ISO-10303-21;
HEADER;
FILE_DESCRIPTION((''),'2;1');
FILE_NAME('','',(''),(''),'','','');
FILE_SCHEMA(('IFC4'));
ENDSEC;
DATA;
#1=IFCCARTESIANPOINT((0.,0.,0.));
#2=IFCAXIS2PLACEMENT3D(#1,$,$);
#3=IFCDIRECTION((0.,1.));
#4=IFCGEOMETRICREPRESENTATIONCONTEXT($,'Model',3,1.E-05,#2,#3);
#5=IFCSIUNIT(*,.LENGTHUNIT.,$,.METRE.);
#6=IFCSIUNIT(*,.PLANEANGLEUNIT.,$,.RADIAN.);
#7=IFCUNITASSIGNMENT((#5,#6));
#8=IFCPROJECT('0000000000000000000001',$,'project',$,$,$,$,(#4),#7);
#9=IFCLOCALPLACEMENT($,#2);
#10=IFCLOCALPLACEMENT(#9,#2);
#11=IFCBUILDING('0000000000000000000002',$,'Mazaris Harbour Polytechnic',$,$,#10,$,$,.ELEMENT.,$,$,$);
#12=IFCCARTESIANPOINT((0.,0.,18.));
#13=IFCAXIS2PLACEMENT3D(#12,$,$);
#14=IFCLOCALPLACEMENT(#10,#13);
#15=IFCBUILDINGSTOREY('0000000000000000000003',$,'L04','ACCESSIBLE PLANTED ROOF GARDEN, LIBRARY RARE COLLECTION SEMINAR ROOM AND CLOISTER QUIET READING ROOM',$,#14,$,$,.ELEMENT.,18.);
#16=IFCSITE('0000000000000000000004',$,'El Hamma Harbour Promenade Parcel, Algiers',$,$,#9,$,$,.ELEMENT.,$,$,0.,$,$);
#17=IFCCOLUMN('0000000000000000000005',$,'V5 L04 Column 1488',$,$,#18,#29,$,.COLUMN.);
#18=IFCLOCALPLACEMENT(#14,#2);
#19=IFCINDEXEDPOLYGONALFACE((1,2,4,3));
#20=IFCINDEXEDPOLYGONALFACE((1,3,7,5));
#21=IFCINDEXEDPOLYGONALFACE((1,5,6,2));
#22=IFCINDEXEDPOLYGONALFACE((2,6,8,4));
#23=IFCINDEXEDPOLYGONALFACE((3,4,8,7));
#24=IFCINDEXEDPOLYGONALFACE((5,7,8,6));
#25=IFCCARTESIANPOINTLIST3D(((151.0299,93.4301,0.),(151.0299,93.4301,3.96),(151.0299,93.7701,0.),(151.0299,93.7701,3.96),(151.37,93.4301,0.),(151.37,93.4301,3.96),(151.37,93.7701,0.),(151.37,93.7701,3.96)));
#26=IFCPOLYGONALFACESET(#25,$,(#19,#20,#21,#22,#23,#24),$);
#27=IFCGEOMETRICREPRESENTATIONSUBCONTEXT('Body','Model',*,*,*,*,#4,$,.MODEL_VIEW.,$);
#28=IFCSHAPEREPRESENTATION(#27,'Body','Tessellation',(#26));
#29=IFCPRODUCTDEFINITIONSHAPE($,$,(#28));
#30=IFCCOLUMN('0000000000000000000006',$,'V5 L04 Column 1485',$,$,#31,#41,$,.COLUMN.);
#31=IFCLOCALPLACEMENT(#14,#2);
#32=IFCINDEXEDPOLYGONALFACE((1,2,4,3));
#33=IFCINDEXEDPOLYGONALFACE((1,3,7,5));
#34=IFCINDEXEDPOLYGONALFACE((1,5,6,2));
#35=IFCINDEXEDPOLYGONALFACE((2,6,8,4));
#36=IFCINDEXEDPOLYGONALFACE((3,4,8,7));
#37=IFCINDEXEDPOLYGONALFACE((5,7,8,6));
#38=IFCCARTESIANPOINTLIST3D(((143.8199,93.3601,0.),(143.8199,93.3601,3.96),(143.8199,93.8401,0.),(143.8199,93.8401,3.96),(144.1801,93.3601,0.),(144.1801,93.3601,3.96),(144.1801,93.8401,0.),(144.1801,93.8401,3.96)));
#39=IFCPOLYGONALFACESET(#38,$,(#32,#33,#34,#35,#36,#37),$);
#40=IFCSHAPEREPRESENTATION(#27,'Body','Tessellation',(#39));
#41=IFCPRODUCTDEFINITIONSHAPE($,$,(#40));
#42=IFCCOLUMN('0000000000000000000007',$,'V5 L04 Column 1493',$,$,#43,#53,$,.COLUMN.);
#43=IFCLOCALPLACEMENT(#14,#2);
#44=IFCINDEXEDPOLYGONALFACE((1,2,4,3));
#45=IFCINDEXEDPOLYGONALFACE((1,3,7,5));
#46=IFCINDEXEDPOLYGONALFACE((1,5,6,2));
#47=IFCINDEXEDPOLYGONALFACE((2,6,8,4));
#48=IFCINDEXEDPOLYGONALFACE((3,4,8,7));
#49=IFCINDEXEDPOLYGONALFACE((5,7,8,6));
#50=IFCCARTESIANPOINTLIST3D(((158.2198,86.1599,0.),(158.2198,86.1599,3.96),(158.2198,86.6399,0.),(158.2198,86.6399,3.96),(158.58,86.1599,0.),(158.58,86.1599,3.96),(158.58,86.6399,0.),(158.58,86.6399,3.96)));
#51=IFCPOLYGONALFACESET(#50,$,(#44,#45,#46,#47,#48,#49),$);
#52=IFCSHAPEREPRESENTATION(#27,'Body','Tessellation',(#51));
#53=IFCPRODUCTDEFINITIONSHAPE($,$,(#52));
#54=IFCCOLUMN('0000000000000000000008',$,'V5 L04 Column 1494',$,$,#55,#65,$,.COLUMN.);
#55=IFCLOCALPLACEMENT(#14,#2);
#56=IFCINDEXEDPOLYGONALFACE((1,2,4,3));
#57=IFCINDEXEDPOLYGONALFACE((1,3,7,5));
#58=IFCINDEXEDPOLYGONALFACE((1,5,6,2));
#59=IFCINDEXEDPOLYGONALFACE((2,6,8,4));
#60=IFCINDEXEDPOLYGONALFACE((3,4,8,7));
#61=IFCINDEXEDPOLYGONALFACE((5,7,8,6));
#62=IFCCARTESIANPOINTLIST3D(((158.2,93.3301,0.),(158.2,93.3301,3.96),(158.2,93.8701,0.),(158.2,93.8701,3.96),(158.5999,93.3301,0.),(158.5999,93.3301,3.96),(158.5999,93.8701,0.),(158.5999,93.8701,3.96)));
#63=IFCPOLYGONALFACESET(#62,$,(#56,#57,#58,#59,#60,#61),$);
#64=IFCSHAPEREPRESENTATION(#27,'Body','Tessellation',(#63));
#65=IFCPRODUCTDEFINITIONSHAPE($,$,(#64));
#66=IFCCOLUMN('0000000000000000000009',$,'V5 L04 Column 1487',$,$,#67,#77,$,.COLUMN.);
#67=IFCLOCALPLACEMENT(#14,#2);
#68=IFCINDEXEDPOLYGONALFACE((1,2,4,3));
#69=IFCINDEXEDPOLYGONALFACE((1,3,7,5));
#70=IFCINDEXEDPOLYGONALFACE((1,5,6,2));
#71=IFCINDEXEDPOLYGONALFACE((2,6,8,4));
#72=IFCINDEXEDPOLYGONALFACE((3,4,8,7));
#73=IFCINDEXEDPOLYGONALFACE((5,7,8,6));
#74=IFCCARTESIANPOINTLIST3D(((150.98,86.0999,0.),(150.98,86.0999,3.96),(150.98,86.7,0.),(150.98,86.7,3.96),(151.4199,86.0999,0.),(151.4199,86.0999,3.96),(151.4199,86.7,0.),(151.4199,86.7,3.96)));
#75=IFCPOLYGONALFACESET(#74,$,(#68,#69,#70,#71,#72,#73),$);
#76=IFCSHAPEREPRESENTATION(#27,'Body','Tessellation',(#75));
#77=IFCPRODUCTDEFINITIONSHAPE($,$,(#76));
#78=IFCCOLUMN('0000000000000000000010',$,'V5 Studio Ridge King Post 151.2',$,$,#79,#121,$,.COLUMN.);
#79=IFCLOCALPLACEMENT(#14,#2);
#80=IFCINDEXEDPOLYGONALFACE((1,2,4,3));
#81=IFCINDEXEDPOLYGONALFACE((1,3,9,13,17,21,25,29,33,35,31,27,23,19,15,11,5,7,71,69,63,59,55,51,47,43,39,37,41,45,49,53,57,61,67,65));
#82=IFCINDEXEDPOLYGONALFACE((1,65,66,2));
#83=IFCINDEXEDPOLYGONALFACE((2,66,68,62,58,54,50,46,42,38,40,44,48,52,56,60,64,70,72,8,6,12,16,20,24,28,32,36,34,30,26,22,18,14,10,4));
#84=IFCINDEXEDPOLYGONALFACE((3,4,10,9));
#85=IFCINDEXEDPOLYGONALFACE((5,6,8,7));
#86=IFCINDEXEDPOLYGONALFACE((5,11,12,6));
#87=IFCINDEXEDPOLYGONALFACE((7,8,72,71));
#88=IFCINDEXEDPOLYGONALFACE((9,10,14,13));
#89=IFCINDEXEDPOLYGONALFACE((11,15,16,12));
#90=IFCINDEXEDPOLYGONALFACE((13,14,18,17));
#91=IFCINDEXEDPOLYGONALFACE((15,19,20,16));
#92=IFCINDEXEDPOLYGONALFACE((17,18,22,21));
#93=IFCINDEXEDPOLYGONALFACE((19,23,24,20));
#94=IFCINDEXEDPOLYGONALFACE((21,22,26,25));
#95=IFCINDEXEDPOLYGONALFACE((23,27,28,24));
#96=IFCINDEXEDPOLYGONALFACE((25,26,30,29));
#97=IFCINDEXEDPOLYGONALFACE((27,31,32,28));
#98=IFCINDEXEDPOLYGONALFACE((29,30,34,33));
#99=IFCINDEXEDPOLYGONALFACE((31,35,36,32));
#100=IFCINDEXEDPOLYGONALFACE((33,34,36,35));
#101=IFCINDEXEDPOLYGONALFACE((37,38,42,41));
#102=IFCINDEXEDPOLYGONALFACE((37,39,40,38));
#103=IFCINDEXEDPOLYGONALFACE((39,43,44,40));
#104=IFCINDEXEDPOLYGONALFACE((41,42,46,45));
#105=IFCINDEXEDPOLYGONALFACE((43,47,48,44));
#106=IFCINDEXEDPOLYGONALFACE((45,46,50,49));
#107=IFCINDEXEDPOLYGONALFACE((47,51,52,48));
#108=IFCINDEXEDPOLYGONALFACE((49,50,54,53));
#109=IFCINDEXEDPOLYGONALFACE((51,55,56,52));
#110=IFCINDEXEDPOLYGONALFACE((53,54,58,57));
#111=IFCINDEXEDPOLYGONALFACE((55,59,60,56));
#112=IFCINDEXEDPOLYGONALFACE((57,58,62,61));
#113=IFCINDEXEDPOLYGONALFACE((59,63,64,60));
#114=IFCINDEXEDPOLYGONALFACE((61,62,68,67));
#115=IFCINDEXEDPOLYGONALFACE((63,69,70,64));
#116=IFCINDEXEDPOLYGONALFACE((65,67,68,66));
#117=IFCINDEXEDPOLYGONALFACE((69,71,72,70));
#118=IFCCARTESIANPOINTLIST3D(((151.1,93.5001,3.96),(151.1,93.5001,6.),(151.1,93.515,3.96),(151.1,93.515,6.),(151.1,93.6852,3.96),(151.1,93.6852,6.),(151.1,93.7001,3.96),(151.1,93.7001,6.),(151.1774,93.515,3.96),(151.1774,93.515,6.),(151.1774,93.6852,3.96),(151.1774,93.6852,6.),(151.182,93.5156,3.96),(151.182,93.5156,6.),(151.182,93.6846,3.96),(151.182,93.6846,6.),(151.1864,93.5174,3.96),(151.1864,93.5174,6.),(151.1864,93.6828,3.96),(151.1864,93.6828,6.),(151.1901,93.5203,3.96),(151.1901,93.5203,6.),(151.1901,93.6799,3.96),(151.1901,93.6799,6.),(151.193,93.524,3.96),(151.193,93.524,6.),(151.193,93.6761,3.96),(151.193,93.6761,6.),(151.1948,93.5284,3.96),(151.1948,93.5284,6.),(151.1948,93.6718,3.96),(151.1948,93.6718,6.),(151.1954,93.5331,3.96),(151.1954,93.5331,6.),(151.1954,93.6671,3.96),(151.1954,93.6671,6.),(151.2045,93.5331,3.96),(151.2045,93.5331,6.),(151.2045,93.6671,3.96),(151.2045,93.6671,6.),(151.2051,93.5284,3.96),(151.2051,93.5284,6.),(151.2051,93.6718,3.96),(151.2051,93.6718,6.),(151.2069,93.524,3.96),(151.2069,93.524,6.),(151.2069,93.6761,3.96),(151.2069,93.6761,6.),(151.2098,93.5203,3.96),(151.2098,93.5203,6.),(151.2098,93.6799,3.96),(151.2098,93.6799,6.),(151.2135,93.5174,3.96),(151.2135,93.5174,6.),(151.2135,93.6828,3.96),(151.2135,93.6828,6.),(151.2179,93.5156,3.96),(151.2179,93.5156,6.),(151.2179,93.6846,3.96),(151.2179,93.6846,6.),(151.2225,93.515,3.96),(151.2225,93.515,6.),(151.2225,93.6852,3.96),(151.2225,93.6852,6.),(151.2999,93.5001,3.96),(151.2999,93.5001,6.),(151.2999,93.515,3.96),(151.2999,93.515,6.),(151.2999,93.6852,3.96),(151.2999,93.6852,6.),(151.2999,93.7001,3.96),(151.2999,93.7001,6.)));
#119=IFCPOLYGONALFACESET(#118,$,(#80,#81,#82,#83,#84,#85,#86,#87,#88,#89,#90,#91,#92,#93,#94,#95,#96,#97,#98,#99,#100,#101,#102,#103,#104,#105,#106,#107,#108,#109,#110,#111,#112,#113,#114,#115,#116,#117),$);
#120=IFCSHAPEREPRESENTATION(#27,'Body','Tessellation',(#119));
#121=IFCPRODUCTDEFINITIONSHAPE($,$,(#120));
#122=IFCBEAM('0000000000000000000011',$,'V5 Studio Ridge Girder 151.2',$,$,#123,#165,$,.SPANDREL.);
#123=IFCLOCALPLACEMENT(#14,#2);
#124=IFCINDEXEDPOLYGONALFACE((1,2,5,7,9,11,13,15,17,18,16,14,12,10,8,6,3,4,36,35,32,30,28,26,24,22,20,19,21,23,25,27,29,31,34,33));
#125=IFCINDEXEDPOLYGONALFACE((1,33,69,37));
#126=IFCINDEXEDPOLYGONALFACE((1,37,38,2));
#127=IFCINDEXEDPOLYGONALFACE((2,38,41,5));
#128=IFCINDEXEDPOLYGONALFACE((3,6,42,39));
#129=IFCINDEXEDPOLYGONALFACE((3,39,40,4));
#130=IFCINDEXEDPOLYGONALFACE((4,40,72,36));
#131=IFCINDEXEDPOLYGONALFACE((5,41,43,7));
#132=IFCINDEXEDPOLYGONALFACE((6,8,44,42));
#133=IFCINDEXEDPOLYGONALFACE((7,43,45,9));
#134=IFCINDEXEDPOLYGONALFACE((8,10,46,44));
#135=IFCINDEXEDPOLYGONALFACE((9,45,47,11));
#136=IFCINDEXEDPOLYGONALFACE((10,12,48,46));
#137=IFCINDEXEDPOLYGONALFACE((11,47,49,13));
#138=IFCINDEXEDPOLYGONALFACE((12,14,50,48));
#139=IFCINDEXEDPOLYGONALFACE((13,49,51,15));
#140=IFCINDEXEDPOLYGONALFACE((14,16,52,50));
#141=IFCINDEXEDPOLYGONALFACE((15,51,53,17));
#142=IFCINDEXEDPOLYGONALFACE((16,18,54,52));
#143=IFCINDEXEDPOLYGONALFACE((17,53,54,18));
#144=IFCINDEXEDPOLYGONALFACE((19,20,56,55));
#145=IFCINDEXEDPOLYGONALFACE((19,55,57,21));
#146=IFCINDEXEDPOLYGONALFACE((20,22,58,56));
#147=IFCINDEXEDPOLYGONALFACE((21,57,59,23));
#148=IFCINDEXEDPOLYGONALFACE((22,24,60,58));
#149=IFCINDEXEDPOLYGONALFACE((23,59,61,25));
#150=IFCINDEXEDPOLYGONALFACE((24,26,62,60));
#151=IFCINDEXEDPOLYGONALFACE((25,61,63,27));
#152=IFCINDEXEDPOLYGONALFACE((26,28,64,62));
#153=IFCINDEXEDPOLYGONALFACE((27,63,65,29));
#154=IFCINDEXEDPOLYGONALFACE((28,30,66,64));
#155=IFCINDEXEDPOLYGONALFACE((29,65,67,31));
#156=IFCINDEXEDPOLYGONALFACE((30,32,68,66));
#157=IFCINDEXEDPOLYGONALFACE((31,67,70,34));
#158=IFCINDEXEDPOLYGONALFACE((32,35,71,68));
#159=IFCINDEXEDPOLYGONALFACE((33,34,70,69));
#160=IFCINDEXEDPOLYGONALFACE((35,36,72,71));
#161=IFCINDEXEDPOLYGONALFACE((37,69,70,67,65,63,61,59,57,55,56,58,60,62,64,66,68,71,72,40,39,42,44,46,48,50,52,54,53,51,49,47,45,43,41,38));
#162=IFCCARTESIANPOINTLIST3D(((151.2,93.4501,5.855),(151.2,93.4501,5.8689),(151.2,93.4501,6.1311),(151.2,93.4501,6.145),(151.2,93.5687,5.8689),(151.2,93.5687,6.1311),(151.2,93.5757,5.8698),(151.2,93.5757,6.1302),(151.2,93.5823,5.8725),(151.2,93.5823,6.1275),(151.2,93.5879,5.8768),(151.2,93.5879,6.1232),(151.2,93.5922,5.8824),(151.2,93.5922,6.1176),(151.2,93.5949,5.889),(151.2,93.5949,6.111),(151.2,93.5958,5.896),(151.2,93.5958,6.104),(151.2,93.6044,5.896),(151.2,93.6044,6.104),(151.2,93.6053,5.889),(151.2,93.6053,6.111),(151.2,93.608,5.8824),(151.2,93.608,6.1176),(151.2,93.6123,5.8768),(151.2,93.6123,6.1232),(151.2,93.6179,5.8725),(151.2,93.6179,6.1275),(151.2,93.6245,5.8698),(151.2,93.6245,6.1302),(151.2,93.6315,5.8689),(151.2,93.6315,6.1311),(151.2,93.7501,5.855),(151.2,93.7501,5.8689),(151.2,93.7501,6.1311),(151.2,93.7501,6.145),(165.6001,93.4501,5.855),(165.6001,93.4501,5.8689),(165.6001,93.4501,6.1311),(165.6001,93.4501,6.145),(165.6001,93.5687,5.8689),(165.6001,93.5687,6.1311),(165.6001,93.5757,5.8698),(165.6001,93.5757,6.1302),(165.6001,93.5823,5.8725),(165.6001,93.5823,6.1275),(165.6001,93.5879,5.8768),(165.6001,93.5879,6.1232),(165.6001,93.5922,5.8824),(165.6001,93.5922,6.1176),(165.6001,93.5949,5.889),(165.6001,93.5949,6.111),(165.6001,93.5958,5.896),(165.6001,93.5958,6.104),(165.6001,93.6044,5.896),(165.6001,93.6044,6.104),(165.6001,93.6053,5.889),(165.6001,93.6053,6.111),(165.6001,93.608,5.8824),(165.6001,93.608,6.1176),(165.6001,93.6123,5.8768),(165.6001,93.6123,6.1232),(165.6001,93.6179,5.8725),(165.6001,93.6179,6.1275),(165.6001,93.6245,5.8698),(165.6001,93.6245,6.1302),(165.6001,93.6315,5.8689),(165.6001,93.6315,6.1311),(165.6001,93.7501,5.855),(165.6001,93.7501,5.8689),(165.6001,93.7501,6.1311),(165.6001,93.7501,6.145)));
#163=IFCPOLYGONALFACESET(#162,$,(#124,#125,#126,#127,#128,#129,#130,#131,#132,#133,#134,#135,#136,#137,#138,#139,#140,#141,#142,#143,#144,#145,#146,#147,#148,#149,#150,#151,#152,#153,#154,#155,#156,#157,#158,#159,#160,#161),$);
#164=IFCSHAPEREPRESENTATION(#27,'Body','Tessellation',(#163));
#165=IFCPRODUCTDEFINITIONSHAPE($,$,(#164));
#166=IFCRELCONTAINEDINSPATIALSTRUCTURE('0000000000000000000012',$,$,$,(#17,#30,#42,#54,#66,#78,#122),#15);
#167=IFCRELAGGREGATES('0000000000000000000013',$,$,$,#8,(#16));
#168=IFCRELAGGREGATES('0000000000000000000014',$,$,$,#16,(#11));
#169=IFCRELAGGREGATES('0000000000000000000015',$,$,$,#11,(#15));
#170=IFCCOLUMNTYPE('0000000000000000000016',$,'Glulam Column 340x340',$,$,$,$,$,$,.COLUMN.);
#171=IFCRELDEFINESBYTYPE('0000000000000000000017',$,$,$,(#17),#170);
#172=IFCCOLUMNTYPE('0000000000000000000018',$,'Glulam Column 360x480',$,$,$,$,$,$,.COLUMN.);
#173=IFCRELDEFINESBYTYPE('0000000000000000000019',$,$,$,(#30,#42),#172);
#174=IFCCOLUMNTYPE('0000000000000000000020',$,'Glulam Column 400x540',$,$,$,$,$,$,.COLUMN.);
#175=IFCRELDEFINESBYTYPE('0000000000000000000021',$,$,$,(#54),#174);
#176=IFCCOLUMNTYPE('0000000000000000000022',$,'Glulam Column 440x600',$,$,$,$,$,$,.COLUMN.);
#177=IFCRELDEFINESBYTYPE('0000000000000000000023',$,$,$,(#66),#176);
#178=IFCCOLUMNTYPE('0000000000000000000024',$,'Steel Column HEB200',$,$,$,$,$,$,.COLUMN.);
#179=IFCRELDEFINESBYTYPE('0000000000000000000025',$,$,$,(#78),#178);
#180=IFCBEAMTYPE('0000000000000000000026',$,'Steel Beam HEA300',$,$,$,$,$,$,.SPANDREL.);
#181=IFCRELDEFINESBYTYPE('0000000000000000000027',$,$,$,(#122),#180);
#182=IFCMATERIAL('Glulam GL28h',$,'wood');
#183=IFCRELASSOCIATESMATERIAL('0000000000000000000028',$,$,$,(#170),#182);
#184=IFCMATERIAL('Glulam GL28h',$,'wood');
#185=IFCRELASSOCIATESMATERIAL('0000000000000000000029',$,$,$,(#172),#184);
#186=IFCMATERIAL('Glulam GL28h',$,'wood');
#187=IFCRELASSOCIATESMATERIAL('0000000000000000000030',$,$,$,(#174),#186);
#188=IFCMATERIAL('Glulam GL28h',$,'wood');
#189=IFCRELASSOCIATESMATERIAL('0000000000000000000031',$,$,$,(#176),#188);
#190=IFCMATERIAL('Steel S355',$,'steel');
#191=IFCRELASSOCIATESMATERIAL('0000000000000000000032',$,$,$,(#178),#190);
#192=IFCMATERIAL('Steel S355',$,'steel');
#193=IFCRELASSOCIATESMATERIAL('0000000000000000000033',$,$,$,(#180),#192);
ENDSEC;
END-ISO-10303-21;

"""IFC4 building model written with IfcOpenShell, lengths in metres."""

from ifc_helpers import new_model, si_unit, direction, frame, origin, origin_2d, place, context, subcontext, project, spatial, rectangle, i_section, extrude, material, material_profile, profile_set, type_object, element, save


model = new_model("IFC4")

# Units and contexts
model_context = context("Model", 3, precision=1e-05, world=origin(), true_north=direction((0.0, 1.0)))
body_context = subcontext(model_context, "Body", "Model", "MODEL_VIEW")
ifc_project = project(units=[si_unit("LENGTHUNIT", "METRE"), si_unit("PLANEANGLEUNIT", "RADIAN")], contexts=[model_context])

# Site, building, storey
site_placement = place(None, origin())
site = spatial("IfcSite", under=ifc_project, at=site_placement, Name="El Hamma Harbour Promenade Parcel, Algiers", CompositionType="ELEMENT", RefElevation=0.0)
building_placement = place(site_placement, origin())
building = spatial("IfcBuilding", under=site, at=building_placement, Name="Mazaris Harbour Polytechnic", CompositionType="ELEMENT")
storey_placement = place(building_placement, frame((0.0, 0.0, 18.0)))
storey = spatial("IfcBuildingStorey", under=building, at=storey_placement, Name="L04", Description="ACCESSIBLE PLANTED ROOF GARDEN, LIBRARY RARE COLLECTION SEMINAR ROOM AND CLOISTER QUIET READING ROOM", CompositionType="ELEMENT", Elevation=18.0)

# Columns
ifc_material_1 = material(Name="Glulam GL28h", Category="wood")
ifc_material_profile_1 = material_profile(ifc_material_1, rectangle(XDim=0.3401, YDim=0.3401, at=origin_2d()), Name="RECT340x340")
ifc_profile_set_1 = profile_set([ifc_material_profile_1], Name="Glulam GL28h")
column_type_1 = type_object("IfcColumnType", Name="Glulam Column 340x340", PredefinedType="COLUMN", material=ifc_profile_set_1)
column_1_placement = place(storey_placement, frame((151.2, 93.6001, 0.0), z_axis=(0.0, 0.0, 1.0), x_axis=(1.0, 0.0, 0.0)))
element("IfcColumn", 1, at=column_1_placement, inside=storey, type_object=column_type_1, Name="V5 L04 Column 1488", PredefinedType="COLUMN", context=body_context, shape_type="SweptSolid", body=[
    extrude(rectangle(XDim=0.3401, YDim=0.3401, at=origin_2d()), origin(), (0.0, 0.0, 1.0), 3.96),
])
ifc_material_2 = material(Name="Glulam GL28h", Category="wood")
ifc_material_profile_2 = material_profile(ifc_material_2, rectangle(XDim=0.3601, YDim=0.48, at=origin_2d()), Name="RECT360x480")
ifc_profile_set_2 = profile_set([ifc_material_profile_2], Name="Glulam GL28h")
column_type_2 = type_object("IfcColumnType", Name="Glulam Column 360x480", PredefinedType="COLUMN", material=ifc_profile_set_2)
for number, where, z_axis, x_axis, name in (
    (2, (144.0, 93.6001, 0.0), (0.0, 0.0, 1.0), (1.0, 0.0, 0.0), "V5 L04 Column 1485"),
    (3, (158.3999, 86.3999, 0.0), (0.0, 0.0, 1.0), (1.0, 0.0, 0.0), "V5 L04 Column 1493"),
):
    element("IfcColumn", number, at=place(storey_placement, frame(where, z_axis=z_axis, x_axis=x_axis)), inside=storey, type_object=column_type_2, Name=name, PredefinedType="COLUMN", context=body_context, shape_type="SweptSolid", body=[
        extrude(rectangle(XDim=0.3601, YDim=0.48, at=origin_2d()), origin(), (0.0, 0.0, 1.0), 3.96),
    ])
ifc_material_3 = material(Name="Glulam GL28h", Category="wood")
ifc_material_profile_3 = material_profile(ifc_material_3, rectangle(XDim=0.3999, YDim=0.54, at=origin_2d()), Name="RECT400x540")
ifc_profile_set_3 = profile_set([ifc_material_profile_3], Name="Glulam GL28h")
column_type_3 = type_object("IfcColumnType", Name="Glulam Column 400x540", PredefinedType="COLUMN", material=ifc_profile_set_3)
column_2_placement = place(storey_placement, frame((158.3999, 93.6001, 0.0), z_axis=(0.0, 0.0, 1.0), x_axis=(1.0, 0.0, 0.0)))
element("IfcColumn", 4, at=column_2_placement, inside=storey, type_object=column_type_3, Name="V5 L04 Column 1494", PredefinedType="COLUMN", context=body_context, shape_type="SweptSolid", body=[
    extrude(rectangle(XDim=0.3999, YDim=0.54, at=origin_2d()), origin(), (0.0, 0.0, 1.0), 3.96),
])
ifc_material_4 = material(Name="Glulam GL28h", Category="wood")
ifc_material_profile_4 = material_profile(ifc_material_4, rectangle(XDim=0.4399, YDim=0.6001, at=origin_2d()), Name="RECT440x600")
ifc_profile_set_4 = profile_set([ifc_material_profile_4], Name="Glulam GL28h")
column_type_4 = type_object("IfcColumnType", Name="Glulam Column 440x600", PredefinedType="COLUMN", material=ifc_profile_set_4)
column_3_placement = place(storey_placement, frame((151.2, 86.3999, 0.0), z_axis=(0.0, 0.0, 1.0), x_axis=(1.0, 0.0, 0.0)))
element("IfcColumn", 5, at=column_3_placement, inside=storey, type_object=column_type_4, Name="V5 L04 Column 1487", PredefinedType="COLUMN", context=body_context, shape_type="SweptSolid", body=[
    extrude(rectangle(XDim=0.4399, YDim=0.6001, at=origin_2d()), origin(), (0.0, 0.0, 1.0), 3.96),
])
ifc_material_5 = material(Name="Steel S355", Category="steel")
ifc_material_profile_5 = material_profile(ifc_material_5, i_section(OverallWidth=0.2, OverallDepth=0.2, WebThickness=0.009, FlangeThickness=0.0149, FilletRadius=0.0181, at=origin_2d()), Name="HEB 200")
ifc_profile_set_5 = profile_set([ifc_material_profile_5], Name="Steel S355")
column_type_5 = type_object("IfcColumnType", Name="Steel Column HEB200", PredefinedType="COLUMN", material=ifc_profile_set_5)
column_4_placement = place(storey_placement, frame((151.2, 93.6001, 3.96), z_axis=(0.0, 0.0, 1.0), x_axis=(1.0, 0.0, 0.0)))
element("IfcColumn", 6, at=column_4_placement, inside=storey, type_object=column_type_5, Name="V5 Studio Ridge King Post 151.2", PredefinedType="COLUMN", context=body_context, shape_type="SweptSolid", body=[
    extrude(i_section(OverallWidth=0.2, OverallDepth=0.2, WebThickness=0.009, FlangeThickness=0.0149, FilletRadius=0.0181, at=origin_2d()), origin(), (0.0, 0.0, 1.0), 2.04),
])

# Beam
ifc_material_6 = material(Name="Steel S355", Category="steel")
ifc_material_profile_6 = material_profile(ifc_material_6, i_section(OverallWidth=0.3, OverallDepth=0.29, WebThickness=0.0085, FlangeThickness=0.0139, FilletRadius=0.0271, at=origin_2d()), Name="HEA 300")
ifc_profile_set_6 = profile_set([ifc_material_profile_6], Name="Steel S355")
beam_type = type_object("IfcBeamType", Name="Steel Beam HEA300", PredefinedType="SPANDREL", material=ifc_profile_set_6)
beam_placement = place(storey_placement, frame((151.2, 93.6001, 6.0), z_axis=(1.0, 0.0, 0.0), x_axis=(0.0, 1.0, 0.0)))
element("IfcBeam", 7, at=beam_placement, inside=storey, type_object=beam_type, Name="V5 Studio Ridge Girder 151.2", PredefinedType="SPANDREL", context=body_context, shape_type="SweptSolid", body=[
    extrude(i_section(OverallWidth=0.3, OverallDepth=0.29, WebThickness=0.0085, FlangeThickness=0.0139, FilletRadius=0.0271, at=origin_2d()), origin(), (0.0, 0.0, 1.0), 14.4001),
])

save(model, "model.ifc")
